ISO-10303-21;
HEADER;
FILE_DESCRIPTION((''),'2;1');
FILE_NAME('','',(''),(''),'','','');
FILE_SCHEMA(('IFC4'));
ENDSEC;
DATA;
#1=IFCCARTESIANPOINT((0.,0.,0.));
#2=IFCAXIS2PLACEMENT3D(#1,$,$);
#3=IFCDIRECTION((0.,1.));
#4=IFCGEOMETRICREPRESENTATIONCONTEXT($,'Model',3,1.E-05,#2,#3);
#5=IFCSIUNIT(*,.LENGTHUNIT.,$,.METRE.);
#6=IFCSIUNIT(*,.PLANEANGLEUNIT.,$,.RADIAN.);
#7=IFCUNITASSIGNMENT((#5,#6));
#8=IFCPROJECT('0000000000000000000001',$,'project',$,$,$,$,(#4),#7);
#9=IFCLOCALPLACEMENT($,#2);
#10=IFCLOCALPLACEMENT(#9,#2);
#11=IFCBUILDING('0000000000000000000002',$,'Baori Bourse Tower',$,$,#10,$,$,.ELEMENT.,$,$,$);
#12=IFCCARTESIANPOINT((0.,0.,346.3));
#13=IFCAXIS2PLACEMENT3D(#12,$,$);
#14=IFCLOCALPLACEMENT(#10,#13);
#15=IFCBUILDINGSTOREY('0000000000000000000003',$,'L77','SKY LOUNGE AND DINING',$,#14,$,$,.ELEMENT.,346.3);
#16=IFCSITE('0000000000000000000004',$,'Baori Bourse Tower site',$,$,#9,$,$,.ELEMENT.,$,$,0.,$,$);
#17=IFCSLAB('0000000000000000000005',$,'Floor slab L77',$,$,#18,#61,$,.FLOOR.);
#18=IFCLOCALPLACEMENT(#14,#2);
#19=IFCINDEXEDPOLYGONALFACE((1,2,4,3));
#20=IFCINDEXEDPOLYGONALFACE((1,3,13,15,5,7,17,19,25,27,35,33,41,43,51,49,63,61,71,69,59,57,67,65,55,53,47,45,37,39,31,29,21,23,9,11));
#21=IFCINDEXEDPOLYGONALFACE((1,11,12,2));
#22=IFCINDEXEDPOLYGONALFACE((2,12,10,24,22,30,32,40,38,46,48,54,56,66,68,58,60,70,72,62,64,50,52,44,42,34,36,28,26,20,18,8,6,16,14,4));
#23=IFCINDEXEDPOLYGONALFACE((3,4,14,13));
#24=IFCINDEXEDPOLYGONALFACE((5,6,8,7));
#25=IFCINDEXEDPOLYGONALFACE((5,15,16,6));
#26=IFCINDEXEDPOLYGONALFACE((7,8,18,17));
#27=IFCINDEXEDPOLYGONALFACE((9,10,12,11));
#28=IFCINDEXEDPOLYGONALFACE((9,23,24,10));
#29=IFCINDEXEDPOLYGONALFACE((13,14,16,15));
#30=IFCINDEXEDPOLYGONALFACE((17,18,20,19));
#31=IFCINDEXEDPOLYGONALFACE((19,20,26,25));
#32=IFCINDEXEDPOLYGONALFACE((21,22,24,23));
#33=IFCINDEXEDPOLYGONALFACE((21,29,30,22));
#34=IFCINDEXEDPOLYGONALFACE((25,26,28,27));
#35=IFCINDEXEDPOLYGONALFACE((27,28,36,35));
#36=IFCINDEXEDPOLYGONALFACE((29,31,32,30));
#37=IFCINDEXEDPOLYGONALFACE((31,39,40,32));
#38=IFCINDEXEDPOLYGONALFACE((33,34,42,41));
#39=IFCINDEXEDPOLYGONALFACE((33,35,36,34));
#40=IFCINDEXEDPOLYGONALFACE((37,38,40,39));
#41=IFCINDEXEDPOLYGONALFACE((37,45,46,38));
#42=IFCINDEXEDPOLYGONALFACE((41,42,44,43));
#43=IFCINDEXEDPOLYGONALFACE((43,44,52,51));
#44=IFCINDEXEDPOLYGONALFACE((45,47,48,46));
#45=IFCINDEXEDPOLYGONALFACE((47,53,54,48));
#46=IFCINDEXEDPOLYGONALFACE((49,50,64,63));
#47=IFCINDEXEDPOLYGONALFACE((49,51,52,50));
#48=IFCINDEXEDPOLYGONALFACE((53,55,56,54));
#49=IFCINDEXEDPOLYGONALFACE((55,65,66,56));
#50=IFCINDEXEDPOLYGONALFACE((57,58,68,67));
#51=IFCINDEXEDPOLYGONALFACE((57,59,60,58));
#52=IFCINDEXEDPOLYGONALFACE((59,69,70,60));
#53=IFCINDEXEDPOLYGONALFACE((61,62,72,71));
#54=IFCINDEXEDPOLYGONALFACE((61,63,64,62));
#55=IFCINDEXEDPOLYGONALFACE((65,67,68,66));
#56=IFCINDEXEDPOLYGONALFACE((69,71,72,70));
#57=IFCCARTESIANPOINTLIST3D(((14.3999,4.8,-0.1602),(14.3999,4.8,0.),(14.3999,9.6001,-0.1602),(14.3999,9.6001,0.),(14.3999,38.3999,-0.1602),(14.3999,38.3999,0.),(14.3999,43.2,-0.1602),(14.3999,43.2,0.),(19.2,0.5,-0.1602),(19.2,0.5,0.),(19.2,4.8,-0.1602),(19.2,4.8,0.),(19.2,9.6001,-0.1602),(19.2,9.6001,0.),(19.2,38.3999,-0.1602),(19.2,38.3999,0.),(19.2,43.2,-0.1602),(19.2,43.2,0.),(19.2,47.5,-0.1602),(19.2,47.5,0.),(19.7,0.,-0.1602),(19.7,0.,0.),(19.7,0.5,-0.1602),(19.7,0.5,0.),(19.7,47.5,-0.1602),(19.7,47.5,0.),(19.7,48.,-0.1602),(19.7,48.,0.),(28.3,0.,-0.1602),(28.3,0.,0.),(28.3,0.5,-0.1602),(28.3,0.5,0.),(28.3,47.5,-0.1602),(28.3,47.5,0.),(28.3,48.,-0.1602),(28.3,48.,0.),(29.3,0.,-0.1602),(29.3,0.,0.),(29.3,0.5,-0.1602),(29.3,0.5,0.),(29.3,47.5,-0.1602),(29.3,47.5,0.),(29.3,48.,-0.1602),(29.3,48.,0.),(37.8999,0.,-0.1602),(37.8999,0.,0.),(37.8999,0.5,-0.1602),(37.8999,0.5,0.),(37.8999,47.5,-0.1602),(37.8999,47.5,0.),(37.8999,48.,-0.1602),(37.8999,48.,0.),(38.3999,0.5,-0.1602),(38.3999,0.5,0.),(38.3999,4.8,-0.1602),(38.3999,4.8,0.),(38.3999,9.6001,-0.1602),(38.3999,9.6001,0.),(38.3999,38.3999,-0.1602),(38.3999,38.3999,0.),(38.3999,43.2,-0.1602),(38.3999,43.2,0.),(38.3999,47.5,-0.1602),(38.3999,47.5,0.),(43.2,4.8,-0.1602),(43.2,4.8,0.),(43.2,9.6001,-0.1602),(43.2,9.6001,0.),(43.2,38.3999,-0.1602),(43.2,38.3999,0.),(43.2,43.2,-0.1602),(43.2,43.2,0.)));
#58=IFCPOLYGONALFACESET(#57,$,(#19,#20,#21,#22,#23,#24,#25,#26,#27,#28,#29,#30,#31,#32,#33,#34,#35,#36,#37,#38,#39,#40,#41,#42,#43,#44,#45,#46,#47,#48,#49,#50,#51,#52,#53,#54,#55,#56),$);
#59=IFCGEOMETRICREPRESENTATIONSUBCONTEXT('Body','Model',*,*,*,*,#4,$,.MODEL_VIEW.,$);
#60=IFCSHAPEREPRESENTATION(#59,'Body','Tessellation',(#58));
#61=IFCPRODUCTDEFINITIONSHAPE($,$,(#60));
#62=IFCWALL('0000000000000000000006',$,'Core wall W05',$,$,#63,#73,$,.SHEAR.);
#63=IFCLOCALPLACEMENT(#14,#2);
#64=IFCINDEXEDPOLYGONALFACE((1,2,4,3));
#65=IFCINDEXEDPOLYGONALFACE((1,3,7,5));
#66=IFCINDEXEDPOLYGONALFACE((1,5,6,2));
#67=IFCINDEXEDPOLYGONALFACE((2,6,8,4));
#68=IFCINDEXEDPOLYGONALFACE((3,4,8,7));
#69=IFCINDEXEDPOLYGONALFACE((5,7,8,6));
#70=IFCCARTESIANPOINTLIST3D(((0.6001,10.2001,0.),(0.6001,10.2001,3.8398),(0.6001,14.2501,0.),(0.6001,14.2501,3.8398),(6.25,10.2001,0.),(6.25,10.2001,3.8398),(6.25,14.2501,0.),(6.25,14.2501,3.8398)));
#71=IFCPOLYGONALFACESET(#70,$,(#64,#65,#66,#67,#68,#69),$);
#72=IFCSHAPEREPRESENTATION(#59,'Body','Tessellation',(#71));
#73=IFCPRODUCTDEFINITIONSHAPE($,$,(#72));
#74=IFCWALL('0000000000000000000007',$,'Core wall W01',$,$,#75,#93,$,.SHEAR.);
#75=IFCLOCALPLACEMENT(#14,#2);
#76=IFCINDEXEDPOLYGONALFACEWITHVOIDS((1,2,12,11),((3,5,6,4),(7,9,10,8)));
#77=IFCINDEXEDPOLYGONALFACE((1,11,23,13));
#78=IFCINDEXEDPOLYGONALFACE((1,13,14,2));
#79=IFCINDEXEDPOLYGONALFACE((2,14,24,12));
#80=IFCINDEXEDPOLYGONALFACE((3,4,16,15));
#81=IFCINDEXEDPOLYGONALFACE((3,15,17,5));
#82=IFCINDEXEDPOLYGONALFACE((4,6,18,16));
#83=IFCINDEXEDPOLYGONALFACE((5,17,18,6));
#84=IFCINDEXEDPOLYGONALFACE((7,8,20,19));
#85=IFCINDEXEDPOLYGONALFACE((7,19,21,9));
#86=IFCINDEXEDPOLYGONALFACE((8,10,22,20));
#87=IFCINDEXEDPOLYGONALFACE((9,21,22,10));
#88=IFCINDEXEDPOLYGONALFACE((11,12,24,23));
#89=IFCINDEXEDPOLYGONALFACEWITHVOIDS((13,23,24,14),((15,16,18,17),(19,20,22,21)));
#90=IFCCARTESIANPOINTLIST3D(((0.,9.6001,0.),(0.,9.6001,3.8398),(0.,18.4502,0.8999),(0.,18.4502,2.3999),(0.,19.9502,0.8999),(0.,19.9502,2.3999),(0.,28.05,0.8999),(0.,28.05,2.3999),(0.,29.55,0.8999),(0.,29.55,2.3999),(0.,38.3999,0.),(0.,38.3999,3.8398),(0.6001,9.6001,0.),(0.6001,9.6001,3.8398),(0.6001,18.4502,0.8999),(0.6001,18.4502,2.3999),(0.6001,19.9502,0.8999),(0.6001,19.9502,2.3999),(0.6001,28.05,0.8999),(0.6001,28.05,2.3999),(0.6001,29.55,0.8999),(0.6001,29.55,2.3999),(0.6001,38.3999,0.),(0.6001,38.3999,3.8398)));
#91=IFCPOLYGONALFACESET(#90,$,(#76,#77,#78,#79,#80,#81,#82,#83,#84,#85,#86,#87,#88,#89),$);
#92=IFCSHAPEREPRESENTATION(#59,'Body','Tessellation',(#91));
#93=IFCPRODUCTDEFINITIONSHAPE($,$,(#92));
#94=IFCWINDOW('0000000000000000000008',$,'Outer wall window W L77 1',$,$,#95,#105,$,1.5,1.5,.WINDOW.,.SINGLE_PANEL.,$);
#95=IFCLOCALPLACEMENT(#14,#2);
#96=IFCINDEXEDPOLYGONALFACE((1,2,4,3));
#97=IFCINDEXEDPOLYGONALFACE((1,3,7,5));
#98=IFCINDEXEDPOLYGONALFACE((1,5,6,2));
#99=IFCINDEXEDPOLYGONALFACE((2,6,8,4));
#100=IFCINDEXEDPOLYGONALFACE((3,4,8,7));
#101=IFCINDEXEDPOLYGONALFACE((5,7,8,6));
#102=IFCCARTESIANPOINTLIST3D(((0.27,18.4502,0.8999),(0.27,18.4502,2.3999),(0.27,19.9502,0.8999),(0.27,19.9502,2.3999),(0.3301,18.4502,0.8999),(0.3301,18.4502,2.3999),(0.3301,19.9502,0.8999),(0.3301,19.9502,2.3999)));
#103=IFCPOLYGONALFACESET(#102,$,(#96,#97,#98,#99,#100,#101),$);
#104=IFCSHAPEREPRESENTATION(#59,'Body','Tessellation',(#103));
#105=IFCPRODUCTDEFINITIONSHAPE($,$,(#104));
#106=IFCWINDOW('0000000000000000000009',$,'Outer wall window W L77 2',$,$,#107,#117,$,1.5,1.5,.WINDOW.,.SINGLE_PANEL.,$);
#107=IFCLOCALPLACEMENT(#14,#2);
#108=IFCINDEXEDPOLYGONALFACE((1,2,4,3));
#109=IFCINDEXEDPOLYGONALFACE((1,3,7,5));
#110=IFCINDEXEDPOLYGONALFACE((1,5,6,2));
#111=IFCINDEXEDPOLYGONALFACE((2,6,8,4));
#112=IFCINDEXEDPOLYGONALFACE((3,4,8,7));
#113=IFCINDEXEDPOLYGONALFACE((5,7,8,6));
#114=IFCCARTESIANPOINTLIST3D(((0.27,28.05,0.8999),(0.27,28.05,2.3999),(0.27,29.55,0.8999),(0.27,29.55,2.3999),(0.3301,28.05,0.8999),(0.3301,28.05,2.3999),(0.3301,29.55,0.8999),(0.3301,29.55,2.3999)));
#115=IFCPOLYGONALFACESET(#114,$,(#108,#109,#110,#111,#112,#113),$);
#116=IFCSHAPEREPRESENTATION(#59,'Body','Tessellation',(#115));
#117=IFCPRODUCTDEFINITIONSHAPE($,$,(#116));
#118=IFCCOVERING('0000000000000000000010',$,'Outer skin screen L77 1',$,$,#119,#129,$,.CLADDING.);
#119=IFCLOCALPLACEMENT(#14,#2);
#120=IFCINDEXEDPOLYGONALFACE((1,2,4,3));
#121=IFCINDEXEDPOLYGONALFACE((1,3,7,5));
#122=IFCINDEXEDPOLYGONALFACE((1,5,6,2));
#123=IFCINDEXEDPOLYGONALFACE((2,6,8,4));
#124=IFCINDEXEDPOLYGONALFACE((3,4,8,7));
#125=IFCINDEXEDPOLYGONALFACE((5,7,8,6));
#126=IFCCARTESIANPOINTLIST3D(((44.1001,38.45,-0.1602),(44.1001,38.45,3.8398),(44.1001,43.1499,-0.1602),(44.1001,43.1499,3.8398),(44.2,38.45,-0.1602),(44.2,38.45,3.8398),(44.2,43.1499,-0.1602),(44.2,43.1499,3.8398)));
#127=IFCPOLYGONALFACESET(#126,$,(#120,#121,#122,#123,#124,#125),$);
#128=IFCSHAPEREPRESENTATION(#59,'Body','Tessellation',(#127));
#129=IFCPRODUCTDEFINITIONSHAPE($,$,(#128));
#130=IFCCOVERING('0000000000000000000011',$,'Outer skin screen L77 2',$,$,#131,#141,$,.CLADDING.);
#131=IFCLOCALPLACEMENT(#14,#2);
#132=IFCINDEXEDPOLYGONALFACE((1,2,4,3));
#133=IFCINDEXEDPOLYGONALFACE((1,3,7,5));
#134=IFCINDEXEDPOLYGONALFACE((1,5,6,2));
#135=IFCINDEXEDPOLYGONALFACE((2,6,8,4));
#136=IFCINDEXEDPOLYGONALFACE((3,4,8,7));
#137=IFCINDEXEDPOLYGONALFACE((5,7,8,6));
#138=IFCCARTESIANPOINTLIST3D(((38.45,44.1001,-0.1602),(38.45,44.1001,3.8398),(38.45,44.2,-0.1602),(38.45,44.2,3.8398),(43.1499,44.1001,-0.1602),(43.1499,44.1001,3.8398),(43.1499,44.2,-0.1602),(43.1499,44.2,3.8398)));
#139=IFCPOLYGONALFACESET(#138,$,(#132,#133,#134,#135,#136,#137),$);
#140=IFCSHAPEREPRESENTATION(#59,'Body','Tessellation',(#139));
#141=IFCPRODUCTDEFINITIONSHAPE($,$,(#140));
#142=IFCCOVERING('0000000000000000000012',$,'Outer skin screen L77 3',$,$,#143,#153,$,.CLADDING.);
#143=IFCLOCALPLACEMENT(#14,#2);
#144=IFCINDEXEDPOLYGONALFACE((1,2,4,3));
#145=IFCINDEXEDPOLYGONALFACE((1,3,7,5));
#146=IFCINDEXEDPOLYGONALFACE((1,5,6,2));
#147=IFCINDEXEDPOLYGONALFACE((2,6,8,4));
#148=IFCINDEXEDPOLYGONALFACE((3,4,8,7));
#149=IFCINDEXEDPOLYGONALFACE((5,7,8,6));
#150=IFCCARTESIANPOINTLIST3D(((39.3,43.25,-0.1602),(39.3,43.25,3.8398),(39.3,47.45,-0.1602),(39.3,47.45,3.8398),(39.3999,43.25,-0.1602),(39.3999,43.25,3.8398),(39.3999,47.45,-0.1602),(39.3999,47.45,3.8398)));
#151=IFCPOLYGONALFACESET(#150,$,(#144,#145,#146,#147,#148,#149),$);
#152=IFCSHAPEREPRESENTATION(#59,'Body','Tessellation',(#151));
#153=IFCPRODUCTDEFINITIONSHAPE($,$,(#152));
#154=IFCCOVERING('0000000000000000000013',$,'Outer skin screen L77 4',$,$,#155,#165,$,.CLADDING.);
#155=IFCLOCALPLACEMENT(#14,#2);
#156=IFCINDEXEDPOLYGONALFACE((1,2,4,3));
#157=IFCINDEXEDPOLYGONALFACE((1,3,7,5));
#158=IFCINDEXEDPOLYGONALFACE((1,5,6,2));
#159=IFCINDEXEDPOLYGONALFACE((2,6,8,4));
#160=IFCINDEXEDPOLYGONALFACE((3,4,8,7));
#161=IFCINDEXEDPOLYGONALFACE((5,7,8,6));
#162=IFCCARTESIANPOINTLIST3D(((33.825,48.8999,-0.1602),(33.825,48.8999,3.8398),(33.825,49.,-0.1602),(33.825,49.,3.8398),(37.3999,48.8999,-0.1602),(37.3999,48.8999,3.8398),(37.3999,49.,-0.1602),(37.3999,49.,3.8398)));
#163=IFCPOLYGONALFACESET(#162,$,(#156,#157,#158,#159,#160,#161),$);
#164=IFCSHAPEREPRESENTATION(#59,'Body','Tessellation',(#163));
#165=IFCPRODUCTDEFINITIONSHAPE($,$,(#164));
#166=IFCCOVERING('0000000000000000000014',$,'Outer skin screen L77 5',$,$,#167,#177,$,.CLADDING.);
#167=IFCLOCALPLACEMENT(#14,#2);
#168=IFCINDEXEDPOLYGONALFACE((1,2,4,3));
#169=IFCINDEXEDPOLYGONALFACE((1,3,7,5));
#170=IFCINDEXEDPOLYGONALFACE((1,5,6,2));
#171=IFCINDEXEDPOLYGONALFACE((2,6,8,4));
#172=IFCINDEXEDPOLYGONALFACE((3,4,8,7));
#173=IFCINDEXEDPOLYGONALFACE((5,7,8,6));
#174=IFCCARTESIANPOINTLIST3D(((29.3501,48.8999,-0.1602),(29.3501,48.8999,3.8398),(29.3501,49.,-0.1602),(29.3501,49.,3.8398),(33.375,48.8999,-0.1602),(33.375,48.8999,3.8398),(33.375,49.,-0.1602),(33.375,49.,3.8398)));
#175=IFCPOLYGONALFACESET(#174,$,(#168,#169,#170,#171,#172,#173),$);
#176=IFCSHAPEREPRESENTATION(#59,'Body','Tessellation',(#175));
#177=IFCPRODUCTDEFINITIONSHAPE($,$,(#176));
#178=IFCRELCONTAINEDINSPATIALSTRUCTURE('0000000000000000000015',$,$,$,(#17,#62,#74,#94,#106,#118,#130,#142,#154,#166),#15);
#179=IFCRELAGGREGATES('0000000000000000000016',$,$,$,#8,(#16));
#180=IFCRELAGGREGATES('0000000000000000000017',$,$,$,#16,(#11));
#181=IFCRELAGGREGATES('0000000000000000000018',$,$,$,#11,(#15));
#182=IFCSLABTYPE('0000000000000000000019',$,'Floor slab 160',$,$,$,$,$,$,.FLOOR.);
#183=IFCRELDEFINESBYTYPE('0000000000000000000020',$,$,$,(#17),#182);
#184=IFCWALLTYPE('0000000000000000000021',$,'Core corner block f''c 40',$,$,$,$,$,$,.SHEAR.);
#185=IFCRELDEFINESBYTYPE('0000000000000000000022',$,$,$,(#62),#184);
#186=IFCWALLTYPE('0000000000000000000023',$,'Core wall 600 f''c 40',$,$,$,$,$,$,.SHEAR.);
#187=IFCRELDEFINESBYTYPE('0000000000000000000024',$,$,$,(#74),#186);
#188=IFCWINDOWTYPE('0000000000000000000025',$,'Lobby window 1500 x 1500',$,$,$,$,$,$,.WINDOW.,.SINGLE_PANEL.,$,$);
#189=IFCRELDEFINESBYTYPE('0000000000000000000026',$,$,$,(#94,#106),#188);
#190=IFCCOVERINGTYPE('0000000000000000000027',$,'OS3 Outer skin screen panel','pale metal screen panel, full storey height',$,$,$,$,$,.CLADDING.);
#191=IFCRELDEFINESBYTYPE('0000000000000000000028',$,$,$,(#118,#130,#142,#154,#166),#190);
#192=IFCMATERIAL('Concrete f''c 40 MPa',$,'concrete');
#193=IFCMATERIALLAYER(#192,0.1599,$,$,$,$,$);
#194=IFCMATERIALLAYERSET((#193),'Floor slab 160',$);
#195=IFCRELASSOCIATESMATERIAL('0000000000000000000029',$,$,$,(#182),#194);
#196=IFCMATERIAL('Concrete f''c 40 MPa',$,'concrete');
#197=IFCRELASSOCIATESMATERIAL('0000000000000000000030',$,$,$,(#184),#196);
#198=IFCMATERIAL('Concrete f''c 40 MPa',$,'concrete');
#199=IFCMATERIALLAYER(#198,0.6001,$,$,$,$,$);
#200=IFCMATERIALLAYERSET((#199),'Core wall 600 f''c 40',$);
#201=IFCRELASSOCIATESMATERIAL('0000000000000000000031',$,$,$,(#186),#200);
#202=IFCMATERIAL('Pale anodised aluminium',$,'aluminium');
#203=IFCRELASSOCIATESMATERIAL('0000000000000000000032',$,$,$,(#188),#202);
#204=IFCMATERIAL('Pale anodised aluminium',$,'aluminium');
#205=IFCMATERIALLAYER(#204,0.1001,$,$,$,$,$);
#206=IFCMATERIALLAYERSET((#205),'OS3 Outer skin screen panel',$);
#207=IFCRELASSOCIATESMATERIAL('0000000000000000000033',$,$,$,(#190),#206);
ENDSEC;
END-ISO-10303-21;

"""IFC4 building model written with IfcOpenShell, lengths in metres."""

from ifc_helpers import new_model, si_unit, direction, frame, frame_2d, origin, place, context, subcontext, project, spatial, polyline, rectangle, outline, extrude, material, layer, layer_set, type_object, element, fill, save


model = new_model("IFC4")

# Units and contexts
model_context = context("Model", 3, precision=1e-05, world=origin(), true_north=direction((0.0, 1.0)))
body_context = subcontext(model_context, "Body", "Model", "MODEL_VIEW")
ifc_project = project(units=[si_unit("LENGTHUNIT", "METRE"), si_unit("PLANEANGLEUNIT", "RADIAN")], contexts=[model_context])

# Site, building, storey
site_placement = place(None, origin())
site = spatial("IfcSite", under=ifc_project, at=site_placement, Name="Baori Bourse Tower site", CompositionType="ELEMENT", RefElevation=0.0)
building_placement = place(site_placement, origin())
building = spatial("IfcBuilding", under=site, at=building_placement, Name="Baori Bourse Tower", CompositionType="ELEMENT")
storey_placement = place(building_placement, frame((0.0, 0.0, 346.3)))
storey = spatial("IfcBuildingStorey", under=building, at=storey_placement, Name="L77", Description="SKY LOUNGE AND DINING", CompositionType="ELEMENT", Elevation=346.3)

# Slab
ifc_material_1 = material(Name="Concrete f'c 40 MPa", Category="concrete")
ifc_layer_1 = layer(ifc_material_1, 0.1599)
ifc_layer_set_1 = layer_set([ifc_layer_1], Name="Floor slab 160")
slab_type_1 = type_object("IfcSlabType", Name="Floor slab 160", PredefinedType="FLOOR", material=ifc_layer_set_1)
slab_1_placement = place(storey_placement, frame((0.0, 0.0, -0.1602)))
element("IfcSlab", 1, at=slab_1_placement, inside=storey, type_object=slab_type_1, Name="Floor slab L77", PredefinedType="FLOOR", context=body_context, shape_type="SweptSolid", body=[
    extrude(outline(polyline([(19.2, 4.8), (14.3999, 4.8), (14.3999, 9.6001), (19.2, 9.6001), (19.2, 38.3999), (14.3999, 38.3999), (14.3999, 43.2), (19.2, 43.2), (19.2, 47.5), (19.7, 47.5), (19.7, 48.0), (28.3, 48.0), (28.3, 47.5), (29.3, 47.5), (29.3, 48.0), (37.8999, 48.0), (37.8999, 47.5), (38.3999, 47.5), (38.3999, 43.2), (43.2, 43.2), (43.2, 38.3999), (38.3999, 38.3999), (38.3999, 9.6001), (43.2, 9.6001), (43.2, 4.8), (38.3999, 4.8), (38.3999, 0.5), (37.8999, 0.5), (37.8999, 0.0), (29.3, 0.0), (29.3, 0.5), (28.3, 0.5), (28.3, 0.0), (19.7, 0.0), (19.7, 0.5), (19.2, 0.5), (19.2, 4.8)])), origin(), (0.0, 0.0, 1.0), 0.1602),
])

# Wall
ifc_material_2 = material(Name="Concrete f'c 40 MPa", Category="concrete")
wall_type_1 = type_object("IfcWallType", Name="Core corner block f'c 40", PredefinedType="SHEAR", material=ifc_material_2)
wall_1_placement = place(storey_placement, frame((0.6001, 12.2251, 0.0), z_axis=(0.0, 0.0, 1.0), x_axis=(1.0, 0.0, 0.0)))
element("IfcWall", 2, at=wall_1_placement, inside=storey, type_object=wall_type_1, Name="Core wall W05", PredefinedType="SHEAR", context=body_context, shape_type="SweptSolid", body=[
    extrude(rectangle(XDim=5.6499, YDim=4.05, at=frame_2d((2.825, 0.0))), origin(), (0.0, 0.0, 1.0), 3.8398),
])

# Wall, openings, windows
ifc_material_3 = material(Name="Concrete f'c 40 MPa", Category="concrete")
ifc_layer_2 = layer(ifc_material_3, 0.6001)
ifc_layer_set_2 = layer_set([ifc_layer_2], Name="Core wall 600 f'c 40")
wall_type_2 = type_object("IfcWallType", Name="Core wall 600 f'c 40", PredefinedType="SHEAR", material=ifc_layer_set_2)
wall_2_placement = place(storey_placement, frame((0.3, 9.6001, 0.0), z_axis=(0.0, 0.0, 1.0), x_axis=(0.0, 1.0, 0.0)))
wall_2 = element("IfcWall", 3, at=wall_2_placement, inside=storey, type_object=wall_type_2, Name="Core wall W01", PredefinedType="SHEAR", context=body_context, shape_type="SweptSolid", body=[
    extrude(rectangle(XDim=28.7998, YDim=0.6001, at=frame_2d((14.3999, 0.0))), origin(), (0.0, 0.0, 1.0), 3.8398),
])
opening_1_placement = place(wall_2_placement, frame((8.8501, 0.0, 0.8999)))
opening_1 = element("IfcOpeningElement", 4, at=opening_1_placement, cuts=wall_2, PredefinedType="OPENING", context=body_context, shape_type="SweptSolid", body=[
    extrude(rectangle(XDim=1.5, YDim=1.5, at=frame_2d((0.75, 0.75))), frame((0.0, 0.3101, 0.0), z_axis=(0.0, -1.0, 0.0), x_axis=(1.0, 0.0, 0.0)), (0.0, 0.0, 1.0), 0.6201),
])
opening_2_placement = place(wall_2_placement, frame((18.45, 0.0, 0.8999)))
opening_2 = element("IfcOpeningElement", 5, at=opening_2_placement, cuts=wall_2, PredefinedType="OPENING", context=body_context, shape_type="SweptSolid", body=[
    extrude(rectangle(XDim=1.5, YDim=1.5, at=frame_2d((0.75, 0.75))), frame((0.0, 0.3101, 0.0), z_axis=(0.0, -1.0, 0.0), x_axis=(1.0, 0.0, 0.0)), (0.0, 0.0, 1.0), 0.6201),
])
ifc_material_4 = material(Name="Pale anodised aluminium", Category="aluminium")
window_type = type_object("IfcWindowType", Name="Lobby window 1500 x 1500", PartitioningType="SINGLE_PANEL", PredefinedType="WINDOW", material=ifc_material_4)
window_1_placement = place(opening_1_placement, origin())
window_1 = element("IfcWindow", 6, at=window_1_placement, inside=storey, type_object=window_type, Name="Outer wall window W L77 1", OverallHeight=1.5, OverallWidth=1.5, PartitioningType="SINGLE_PANEL", PredefinedType="WINDOW", context=body_context, shape_type="SweptSolid", body=[
    extrude(rectangle(XDim=1.5, YDim=1.5, at=frame_2d((0.75, 0.75))), frame((0.0, 0.03, 0.0), z_axis=(0.0, -1.0, 0.0), x_axis=(1.0, 0.0, 0.0)), (0.0, 0.0, 1.0), 0.0601),
])
fill(opening_1, window_1)
window_2_placement = place(opening_2_placement, origin())
window_2 = element("IfcWindow", 7, at=window_2_placement, inside=storey, type_object=window_type, Name="Outer wall window W L77 2", OverallHeight=1.5, OverallWidth=1.5, PartitioningType="SINGLE_PANEL", PredefinedType="WINDOW", context=body_context, shape_type="SweptSolid", body=[
    extrude(rectangle(XDim=1.5, YDim=1.5, at=frame_2d((0.75, 0.75))), frame((0.0, 0.03, 0.0), z_axis=(0.0, -1.0, 0.0), x_axis=(1.0, 0.0, 0.0)), (0.0, 0.0, 1.0), 0.0601),
])
fill(opening_2, window_2)

# Coverings
ifc_material_5 = material(Name="Pale anodised aluminium", Category="aluminium")
ifc_layer_3 = layer(ifc_material_5, 0.1001)
ifc_layer_set_3 = layer_set([ifc_layer_3], Name="OS3 Outer skin screen panel")
covering_type = type_object("IfcCoveringType", Name="OS3 Outer skin screen panel", Description="pale metal screen panel, full storey height", PredefinedType="CLADDING", material=ifc_layer_set_3)
covering_1_placement = place(storey_placement, frame((0.0, 0.0, -0.1602)))
element("IfcCovering", 8, at=covering_1_placement, inside=storey, type_object=covering_type, Name="Outer skin screen L77 1", PredefinedType="CLADDING", context=body_context, shape_type="SweptSolid", body=[
    extrude(outline(polyline([(44.1001, 43.1499), (44.1001, 38.45), (44.2, 38.45), (44.2, 43.1499), (44.1001, 43.1499)])), origin(), (0.0, 0.0, 1.0), 4.0),
])
covering_2_placement = place(storey_placement, frame((0.0, 0.0, -0.1602)))
element("IfcCovering", 9, at=covering_2_placement, inside=storey, type_object=covering_type, Name="Outer skin screen L77 2", PredefinedType="CLADDING", context=body_context, shape_type="SweptSolid", body=[
    extrude(outline(polyline([(38.45, 44.1001), (43.1499, 44.1001), (43.1499, 44.2), (38.45, 44.2), (38.45, 44.1001)])), origin(), (0.0, 0.0, 1.0), 4.0),
])
covering_3_placement = place(storey_placement, frame((0.0, 0.0, -0.1602)))
element("IfcCovering", 10, at=covering_3_placement, inside=storey, type_object=covering_type, Name="Outer skin screen L77 3", PredefinedType="CLADDING", context=body_context, shape_type="SweptSolid", body=[
    extrude(outline(polyline([(39.3, 47.45), (39.3, 43.25), (39.3999, 43.25), (39.3999, 47.45), (39.3, 47.45)])), origin(), (0.0, 0.0, 1.0), 4.0),
])
covering_4_placement = place(storey_placement, frame((0.0, 0.0, -0.1602)))
element("IfcCovering", 11, at=covering_4_placement, inside=storey, type_object=covering_type, Name="Outer skin screen L77 4", PredefinedType="CLADDING", context=body_context, shape_type="SweptSolid", body=[
    extrude(outline(polyline([(33.825, 48.8999), (37.3999, 48.8999), (37.3999, 49.0), (33.825, 49.0), (33.825, 48.8999)])), origin(), (0.0, 0.0, 1.0), 4.0),
])
covering_5_placement = place(storey_placement, frame((0.0, 0.0, -0.1602)))
element("IfcCovering", 12, at=covering_5_placement, inside=storey, type_object=covering_type, Name="Outer skin screen L77 5", PredefinedType="CLADDING", context=body_context, shape_type="SweptSolid", body=[
    extrude(outline(polyline([(29.3501, 48.8999), (33.375, 48.8999), (33.375, 49.0), (29.3501, 49.0), (29.3501, 48.8999)])), origin(), (0.0, 0.0, 1.0), 4.0),
])

save(model, "model.ifc")
